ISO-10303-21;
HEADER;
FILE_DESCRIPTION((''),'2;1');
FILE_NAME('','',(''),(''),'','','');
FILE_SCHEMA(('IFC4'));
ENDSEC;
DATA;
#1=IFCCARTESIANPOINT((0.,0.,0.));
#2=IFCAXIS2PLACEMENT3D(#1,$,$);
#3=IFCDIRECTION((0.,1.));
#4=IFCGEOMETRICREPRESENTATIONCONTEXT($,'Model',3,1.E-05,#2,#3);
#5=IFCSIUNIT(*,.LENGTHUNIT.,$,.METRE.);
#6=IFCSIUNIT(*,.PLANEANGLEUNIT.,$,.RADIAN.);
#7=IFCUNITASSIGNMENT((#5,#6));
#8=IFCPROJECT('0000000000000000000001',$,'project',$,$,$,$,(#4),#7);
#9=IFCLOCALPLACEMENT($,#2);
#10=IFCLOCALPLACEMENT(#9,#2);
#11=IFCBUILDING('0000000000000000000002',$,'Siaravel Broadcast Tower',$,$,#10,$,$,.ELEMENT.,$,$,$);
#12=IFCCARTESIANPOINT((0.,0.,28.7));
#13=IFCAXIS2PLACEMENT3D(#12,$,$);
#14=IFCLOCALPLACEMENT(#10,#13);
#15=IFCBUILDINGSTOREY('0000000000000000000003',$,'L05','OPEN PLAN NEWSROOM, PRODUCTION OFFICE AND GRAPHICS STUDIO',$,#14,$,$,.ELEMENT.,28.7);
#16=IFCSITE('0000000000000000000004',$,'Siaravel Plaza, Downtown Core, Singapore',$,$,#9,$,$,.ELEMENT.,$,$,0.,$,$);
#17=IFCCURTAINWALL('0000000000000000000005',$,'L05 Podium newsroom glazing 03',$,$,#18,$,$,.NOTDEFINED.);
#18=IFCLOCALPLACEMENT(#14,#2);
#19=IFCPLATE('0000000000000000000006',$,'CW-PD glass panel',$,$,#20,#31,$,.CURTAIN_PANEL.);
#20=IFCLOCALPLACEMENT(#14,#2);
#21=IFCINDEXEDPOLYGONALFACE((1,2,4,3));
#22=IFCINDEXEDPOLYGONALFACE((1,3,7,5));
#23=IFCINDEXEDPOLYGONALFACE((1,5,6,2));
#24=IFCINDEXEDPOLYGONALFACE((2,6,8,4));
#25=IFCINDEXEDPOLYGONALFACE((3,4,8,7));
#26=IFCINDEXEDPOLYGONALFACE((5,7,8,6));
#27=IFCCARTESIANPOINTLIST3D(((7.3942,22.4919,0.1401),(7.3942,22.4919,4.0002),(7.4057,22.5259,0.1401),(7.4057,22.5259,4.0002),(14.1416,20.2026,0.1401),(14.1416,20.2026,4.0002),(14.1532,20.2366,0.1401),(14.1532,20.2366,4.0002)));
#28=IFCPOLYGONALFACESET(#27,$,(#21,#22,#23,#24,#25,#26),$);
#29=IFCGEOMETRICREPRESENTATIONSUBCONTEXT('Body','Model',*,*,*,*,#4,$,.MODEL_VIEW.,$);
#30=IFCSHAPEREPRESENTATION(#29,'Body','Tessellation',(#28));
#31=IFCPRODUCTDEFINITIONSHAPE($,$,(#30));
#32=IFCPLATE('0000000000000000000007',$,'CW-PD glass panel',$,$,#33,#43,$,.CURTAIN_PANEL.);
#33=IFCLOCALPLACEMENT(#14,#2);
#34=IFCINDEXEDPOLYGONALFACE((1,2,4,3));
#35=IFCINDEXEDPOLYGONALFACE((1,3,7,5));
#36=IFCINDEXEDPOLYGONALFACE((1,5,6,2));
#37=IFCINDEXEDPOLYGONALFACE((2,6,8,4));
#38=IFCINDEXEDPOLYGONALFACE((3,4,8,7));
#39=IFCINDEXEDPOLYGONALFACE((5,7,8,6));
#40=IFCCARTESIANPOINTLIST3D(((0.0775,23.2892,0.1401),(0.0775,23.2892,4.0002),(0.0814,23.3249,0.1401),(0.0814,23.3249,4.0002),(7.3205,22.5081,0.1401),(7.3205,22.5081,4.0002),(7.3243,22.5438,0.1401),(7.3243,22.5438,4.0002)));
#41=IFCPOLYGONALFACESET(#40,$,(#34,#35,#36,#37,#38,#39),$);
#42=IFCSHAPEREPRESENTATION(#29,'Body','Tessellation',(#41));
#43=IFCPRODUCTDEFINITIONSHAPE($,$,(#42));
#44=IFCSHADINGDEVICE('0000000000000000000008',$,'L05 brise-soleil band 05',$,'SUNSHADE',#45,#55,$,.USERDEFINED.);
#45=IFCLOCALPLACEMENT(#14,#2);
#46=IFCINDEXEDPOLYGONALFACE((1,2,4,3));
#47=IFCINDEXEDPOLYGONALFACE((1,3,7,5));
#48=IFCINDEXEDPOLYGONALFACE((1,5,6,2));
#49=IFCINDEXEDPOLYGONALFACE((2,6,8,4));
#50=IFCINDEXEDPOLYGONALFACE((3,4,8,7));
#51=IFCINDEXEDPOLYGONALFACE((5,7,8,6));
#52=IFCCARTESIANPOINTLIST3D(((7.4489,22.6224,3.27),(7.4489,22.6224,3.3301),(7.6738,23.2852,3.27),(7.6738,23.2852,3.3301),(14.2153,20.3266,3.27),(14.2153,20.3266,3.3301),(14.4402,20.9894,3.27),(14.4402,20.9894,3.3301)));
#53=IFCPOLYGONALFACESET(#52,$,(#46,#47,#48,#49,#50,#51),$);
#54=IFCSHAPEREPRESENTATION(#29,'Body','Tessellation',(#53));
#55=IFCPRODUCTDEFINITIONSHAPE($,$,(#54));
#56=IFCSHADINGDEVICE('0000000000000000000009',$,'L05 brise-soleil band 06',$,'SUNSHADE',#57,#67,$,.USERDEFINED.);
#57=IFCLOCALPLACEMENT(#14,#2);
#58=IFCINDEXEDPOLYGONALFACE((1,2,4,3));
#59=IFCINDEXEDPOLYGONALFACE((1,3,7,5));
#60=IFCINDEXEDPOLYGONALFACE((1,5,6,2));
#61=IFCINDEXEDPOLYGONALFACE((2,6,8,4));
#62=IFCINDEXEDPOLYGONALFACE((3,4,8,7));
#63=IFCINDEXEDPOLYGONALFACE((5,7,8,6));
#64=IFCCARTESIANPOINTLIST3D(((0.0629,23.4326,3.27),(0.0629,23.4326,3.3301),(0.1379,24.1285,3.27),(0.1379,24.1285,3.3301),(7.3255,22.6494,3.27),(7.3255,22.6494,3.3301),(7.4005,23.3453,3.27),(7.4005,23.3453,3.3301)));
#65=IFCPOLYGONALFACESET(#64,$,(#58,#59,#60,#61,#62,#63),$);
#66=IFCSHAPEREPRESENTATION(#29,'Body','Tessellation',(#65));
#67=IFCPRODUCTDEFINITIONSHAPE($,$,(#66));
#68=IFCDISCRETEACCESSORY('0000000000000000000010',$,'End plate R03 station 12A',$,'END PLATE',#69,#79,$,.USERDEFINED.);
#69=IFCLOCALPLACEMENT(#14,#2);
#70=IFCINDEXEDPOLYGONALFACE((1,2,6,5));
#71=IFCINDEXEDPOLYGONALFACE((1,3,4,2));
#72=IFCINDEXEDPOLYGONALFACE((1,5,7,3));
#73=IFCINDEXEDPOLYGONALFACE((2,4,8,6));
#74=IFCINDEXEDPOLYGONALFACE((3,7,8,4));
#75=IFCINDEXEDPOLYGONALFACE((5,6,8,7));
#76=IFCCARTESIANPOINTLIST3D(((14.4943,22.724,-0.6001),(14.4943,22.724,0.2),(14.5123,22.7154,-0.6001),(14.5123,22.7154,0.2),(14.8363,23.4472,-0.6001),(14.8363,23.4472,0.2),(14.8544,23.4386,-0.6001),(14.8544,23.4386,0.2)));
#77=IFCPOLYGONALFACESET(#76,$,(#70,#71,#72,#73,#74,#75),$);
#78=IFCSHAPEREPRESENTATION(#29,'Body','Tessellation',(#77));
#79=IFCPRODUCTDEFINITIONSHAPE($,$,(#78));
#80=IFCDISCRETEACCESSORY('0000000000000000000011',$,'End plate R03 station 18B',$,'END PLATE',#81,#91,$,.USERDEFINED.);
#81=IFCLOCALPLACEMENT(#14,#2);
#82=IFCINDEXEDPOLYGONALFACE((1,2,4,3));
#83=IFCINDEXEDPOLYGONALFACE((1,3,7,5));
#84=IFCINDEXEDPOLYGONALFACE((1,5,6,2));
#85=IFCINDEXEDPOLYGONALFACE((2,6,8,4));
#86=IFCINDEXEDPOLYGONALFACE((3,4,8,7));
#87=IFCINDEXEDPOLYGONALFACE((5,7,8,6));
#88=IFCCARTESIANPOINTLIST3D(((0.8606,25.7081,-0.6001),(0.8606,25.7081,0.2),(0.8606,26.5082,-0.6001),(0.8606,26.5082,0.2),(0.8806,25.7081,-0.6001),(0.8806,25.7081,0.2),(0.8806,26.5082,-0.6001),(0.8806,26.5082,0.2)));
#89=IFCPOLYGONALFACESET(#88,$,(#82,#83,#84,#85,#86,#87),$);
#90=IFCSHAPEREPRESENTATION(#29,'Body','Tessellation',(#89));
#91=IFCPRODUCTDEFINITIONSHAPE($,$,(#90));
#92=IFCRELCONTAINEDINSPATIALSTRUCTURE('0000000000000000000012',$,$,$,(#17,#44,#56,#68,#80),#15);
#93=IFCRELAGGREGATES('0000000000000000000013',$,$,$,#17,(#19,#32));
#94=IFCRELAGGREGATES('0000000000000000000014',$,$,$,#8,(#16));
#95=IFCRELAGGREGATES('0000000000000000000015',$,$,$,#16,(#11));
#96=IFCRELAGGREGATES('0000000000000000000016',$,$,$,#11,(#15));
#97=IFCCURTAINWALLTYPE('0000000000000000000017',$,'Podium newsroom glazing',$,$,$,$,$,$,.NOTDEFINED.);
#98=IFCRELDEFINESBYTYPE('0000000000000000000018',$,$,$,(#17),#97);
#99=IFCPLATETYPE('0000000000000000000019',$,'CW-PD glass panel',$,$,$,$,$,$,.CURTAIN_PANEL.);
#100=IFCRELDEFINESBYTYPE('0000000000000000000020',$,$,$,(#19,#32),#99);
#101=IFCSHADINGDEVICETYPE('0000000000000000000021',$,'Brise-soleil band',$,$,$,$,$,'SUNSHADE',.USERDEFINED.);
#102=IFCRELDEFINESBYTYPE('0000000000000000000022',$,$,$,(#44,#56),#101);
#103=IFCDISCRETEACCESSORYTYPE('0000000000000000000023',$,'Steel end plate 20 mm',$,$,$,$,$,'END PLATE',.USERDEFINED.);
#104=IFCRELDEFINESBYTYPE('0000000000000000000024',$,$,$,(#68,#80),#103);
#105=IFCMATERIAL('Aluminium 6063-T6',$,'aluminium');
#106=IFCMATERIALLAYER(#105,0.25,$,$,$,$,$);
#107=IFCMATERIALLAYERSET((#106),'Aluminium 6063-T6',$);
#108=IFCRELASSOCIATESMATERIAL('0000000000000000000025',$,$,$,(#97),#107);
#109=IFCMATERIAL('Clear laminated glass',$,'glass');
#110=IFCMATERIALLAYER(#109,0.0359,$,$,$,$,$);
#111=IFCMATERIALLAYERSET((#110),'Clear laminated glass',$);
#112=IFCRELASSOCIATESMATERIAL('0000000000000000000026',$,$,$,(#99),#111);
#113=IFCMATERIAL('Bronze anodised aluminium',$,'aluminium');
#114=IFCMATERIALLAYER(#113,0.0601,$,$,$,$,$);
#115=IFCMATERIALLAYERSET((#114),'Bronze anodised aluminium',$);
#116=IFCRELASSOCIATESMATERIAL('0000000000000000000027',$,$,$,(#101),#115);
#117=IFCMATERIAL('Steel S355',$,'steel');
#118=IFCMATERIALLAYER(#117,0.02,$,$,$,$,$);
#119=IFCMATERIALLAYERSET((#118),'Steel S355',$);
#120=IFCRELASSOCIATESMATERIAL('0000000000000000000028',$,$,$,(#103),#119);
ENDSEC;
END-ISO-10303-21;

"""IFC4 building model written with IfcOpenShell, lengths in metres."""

from ifc_helpers import new_model, si_unit, direction, frame, origin, origin_2d, place, context, subcontext, project, spatial, rectangle, extrude, material, layer, layer_set, type_object, element, aggregate, save


model = new_model("IFC4")

# Units and contexts
model_context = context("Model", 3, precision=1e-05, world=origin(), true_north=direction((0.0, 1.0)))
body_context = subcontext(model_context, "Body", "Model", "MODEL_VIEW")
ifc_project = project(units=[si_unit("LENGTHUNIT", "METRE"), si_unit("PLANEANGLEUNIT", "RADIAN")], contexts=[model_context])

# Site, building, storey
site_placement = place(None, origin())
site = spatial("IfcSite", under=ifc_project, at=site_placement, Name="Siaravel Plaza, Downtown Core, Singapore", CompositionType="ELEMENT", RefElevation=0.0)
building_placement = place(site_placement, origin())
building = spatial("IfcBuilding", under=site, at=building_placement, Name="Siaravel Broadcast Tower", CompositionType="ELEMENT")
storey_placement = place(building_placement, frame((0.0, 0.0, 28.7)))
storey = spatial("IfcBuildingStorey", under=building, at=storey_placement, Name="L05", Description="OPEN PLAN NEWSROOM, PRODUCTION OFFICE AND GRAPHICS STUDIO", CompositionType="ELEMENT", Elevation=28.7)

# Shared definitions
ifc_material_1 = material(Name="Steel S355", Category="steel")

# Shared definitions
ifc_material_2 = material(Name="Aluminium 6063-T6", Category="aluminium")
ifc_layer_1 = layer(ifc_material_2, 0.25)
ifc_layer_set_1 = layer_set([ifc_layer_1], Name="Aluminium 6063-T6")
curtain_wall_type = type_object("IfcCurtainWallType", Name="Podium newsroom glazing", PredefinedType="NOTDEFINED", material=ifc_layer_set_1)

# Curtain wall
curtain_wall_1_placement = place(storey_placement, origin())
curtain_wall_1 = element("IfcCurtainWall", 1, at=curtain_wall_1_placement, inside=storey, type_object=curtain_wall_type, Name="L05 Podium newsroom glazing 03", PredefinedType="NOTDEFINED")

# Plates
ifc_material_3 = material(Name="Clear laminated glass", Category="glass")
ifc_layer_2 = layer(ifc_material_3, 0.0359)
ifc_layer_set_2 = layer_set([ifc_layer_2], Name="Clear laminated glass")
plate_type = type_object("IfcPlateType", Name="CW-PD glass panel", PredefinedType="CURTAIN_PANEL", material=ifc_layer_set_2)
plate_1_placement = place(storey_placement, frame((10.7737, 21.3643, 0.1401), z_axis=(0.0, 0.0, 1.0), x_axis=(-0.946977, 0.3213, 0.0)))
plate_1 = element("IfcPlate", 2, at=plate_1_placement, type_object=plate_type, Name="CW-PD glass panel", PredefinedType="CURTAIN_PANEL", context=body_context, shape_type="SweptSolid", body=[
    extrude(rectangle(XDim=7.1252, YDim=0.0359, at=origin_2d()), origin(), (0.0, 0.0, 1.0), 3.8601),
])
plate_2_placement = place(storey_placement, frame((3.7009, 22.9165, 0.1401), z_axis=(0.0, 0.0, 1.0), x_axis=(-0.994236, 0.107217, 0.0)))
plate_2 = element("IfcPlate", 3, at=plate_2_placement, type_object=plate_type, Name="CW-PD glass panel", PredefinedType="CURTAIN_PANEL", context=body_context, shape_type="SweptSolid", body=[
    extrude(rectangle(XDim=7.2849, YDim=0.0359, at=origin_2d()), origin(), (0.0, 0.0, 1.0), 3.8601),
])
aggregate(curtain_wall_1, [plate_1, plate_2])

# Shading devices
ifc_material_4 = material(Name="Bronze anodised aluminium", Category="aluminium")
ifc_layer_3 = layer(ifc_material_4, 0.0601)
ifc_layer_set_3 = layer_set([ifc_layer_3], Name="Bronze anodised aluminium")
shading_device_type = type_object("IfcShadingDeviceType", Name="Brise-soleil band", ElementType="SUNSHADE", PredefinedType="USERDEFINED", material=ifc_layer_set_3)
shading_device_1_placement = place(storey_placement, frame((10.9446, 21.8059, 3.27), z_axis=(0.0, 0.0, 1.0), x_axis=(-0.946977, 0.321301, 0.0)))
element("IfcShadingDevice", 4, at=shading_device_1_placement, inside=storey, type_object=shading_device_type, Name="L05 brise-soleil band 05", ObjectType="SUNSHADE", PredefinedType="USERDEFINED", context=body_context, shape_type="SweptSolid", body=[
    extrude(rectangle(XDim=7.1453, YDim=0.7, at=origin_2d()), origin(), (0.0, 0.0, 1.0), 0.0601),
])
shading_device_2_placement = place(storey_placement, frame((3.7317, 23.3889, 3.27), z_axis=(0.0, 0.0, 1.0), x_axis=(-0.994236, 0.107217, 0.0)))
element("IfcShadingDevice", 5, at=shading_device_2_placement, inside=storey, type_object=shading_device_type, Name="L05 brise-soleil band 06", ObjectType="SUNSHADE", PredefinedType="USERDEFINED", context=body_context, shape_type="SweptSolid", body=[
    extrude(rectangle(XDim=7.3047, YDim=0.7, at=origin_2d()), origin(), (0.0, 0.0, 1.0), 0.0601),
])

# Discrete accessories
ifc_layer_4 = layer(ifc_material_1, 0.02)
ifc_layer_set_4 = layer_set([ifc_layer_4], Name="Steel S355")
discrete_accessory_type = type_object("IfcDiscreteAccessoryType", Name="Steel end plate 20 mm", ElementType="END PLATE", PredefinedType="USERDEFINED", material=ifc_layer_set_4)
for number, where, z_axis, x_axis, name in (
    (6, (14.6743, 23.0813, -0.6001), (0.0, 0.0, 1.0), (-0.904007, 0.427517, 0.0), "End plate R03 station 12A"),
    (7, (0.8706, 26.1082, -0.6001), (0.0, 0.0, 1.0), (-1.0, 0.0, 0.0), "End plate R03 station 18B"),
):
    element("IfcDiscreteAccessory", number, at=place(storey_placement, frame(where, z_axis=z_axis, x_axis=x_axis)), inside=storey, type_object=discrete_accessory_type, Name=name, ObjectType="END PLATE", PredefinedType="USERDEFINED", context=body_context, shape_type="SweptSolid", body=[
        extrude(rectangle(XDim=0.02, YDim=0.8, at=origin_2d()), origin(), (0.0, 0.0, 1.0), 0.8),
    ])

save(model, "model.ifc")
